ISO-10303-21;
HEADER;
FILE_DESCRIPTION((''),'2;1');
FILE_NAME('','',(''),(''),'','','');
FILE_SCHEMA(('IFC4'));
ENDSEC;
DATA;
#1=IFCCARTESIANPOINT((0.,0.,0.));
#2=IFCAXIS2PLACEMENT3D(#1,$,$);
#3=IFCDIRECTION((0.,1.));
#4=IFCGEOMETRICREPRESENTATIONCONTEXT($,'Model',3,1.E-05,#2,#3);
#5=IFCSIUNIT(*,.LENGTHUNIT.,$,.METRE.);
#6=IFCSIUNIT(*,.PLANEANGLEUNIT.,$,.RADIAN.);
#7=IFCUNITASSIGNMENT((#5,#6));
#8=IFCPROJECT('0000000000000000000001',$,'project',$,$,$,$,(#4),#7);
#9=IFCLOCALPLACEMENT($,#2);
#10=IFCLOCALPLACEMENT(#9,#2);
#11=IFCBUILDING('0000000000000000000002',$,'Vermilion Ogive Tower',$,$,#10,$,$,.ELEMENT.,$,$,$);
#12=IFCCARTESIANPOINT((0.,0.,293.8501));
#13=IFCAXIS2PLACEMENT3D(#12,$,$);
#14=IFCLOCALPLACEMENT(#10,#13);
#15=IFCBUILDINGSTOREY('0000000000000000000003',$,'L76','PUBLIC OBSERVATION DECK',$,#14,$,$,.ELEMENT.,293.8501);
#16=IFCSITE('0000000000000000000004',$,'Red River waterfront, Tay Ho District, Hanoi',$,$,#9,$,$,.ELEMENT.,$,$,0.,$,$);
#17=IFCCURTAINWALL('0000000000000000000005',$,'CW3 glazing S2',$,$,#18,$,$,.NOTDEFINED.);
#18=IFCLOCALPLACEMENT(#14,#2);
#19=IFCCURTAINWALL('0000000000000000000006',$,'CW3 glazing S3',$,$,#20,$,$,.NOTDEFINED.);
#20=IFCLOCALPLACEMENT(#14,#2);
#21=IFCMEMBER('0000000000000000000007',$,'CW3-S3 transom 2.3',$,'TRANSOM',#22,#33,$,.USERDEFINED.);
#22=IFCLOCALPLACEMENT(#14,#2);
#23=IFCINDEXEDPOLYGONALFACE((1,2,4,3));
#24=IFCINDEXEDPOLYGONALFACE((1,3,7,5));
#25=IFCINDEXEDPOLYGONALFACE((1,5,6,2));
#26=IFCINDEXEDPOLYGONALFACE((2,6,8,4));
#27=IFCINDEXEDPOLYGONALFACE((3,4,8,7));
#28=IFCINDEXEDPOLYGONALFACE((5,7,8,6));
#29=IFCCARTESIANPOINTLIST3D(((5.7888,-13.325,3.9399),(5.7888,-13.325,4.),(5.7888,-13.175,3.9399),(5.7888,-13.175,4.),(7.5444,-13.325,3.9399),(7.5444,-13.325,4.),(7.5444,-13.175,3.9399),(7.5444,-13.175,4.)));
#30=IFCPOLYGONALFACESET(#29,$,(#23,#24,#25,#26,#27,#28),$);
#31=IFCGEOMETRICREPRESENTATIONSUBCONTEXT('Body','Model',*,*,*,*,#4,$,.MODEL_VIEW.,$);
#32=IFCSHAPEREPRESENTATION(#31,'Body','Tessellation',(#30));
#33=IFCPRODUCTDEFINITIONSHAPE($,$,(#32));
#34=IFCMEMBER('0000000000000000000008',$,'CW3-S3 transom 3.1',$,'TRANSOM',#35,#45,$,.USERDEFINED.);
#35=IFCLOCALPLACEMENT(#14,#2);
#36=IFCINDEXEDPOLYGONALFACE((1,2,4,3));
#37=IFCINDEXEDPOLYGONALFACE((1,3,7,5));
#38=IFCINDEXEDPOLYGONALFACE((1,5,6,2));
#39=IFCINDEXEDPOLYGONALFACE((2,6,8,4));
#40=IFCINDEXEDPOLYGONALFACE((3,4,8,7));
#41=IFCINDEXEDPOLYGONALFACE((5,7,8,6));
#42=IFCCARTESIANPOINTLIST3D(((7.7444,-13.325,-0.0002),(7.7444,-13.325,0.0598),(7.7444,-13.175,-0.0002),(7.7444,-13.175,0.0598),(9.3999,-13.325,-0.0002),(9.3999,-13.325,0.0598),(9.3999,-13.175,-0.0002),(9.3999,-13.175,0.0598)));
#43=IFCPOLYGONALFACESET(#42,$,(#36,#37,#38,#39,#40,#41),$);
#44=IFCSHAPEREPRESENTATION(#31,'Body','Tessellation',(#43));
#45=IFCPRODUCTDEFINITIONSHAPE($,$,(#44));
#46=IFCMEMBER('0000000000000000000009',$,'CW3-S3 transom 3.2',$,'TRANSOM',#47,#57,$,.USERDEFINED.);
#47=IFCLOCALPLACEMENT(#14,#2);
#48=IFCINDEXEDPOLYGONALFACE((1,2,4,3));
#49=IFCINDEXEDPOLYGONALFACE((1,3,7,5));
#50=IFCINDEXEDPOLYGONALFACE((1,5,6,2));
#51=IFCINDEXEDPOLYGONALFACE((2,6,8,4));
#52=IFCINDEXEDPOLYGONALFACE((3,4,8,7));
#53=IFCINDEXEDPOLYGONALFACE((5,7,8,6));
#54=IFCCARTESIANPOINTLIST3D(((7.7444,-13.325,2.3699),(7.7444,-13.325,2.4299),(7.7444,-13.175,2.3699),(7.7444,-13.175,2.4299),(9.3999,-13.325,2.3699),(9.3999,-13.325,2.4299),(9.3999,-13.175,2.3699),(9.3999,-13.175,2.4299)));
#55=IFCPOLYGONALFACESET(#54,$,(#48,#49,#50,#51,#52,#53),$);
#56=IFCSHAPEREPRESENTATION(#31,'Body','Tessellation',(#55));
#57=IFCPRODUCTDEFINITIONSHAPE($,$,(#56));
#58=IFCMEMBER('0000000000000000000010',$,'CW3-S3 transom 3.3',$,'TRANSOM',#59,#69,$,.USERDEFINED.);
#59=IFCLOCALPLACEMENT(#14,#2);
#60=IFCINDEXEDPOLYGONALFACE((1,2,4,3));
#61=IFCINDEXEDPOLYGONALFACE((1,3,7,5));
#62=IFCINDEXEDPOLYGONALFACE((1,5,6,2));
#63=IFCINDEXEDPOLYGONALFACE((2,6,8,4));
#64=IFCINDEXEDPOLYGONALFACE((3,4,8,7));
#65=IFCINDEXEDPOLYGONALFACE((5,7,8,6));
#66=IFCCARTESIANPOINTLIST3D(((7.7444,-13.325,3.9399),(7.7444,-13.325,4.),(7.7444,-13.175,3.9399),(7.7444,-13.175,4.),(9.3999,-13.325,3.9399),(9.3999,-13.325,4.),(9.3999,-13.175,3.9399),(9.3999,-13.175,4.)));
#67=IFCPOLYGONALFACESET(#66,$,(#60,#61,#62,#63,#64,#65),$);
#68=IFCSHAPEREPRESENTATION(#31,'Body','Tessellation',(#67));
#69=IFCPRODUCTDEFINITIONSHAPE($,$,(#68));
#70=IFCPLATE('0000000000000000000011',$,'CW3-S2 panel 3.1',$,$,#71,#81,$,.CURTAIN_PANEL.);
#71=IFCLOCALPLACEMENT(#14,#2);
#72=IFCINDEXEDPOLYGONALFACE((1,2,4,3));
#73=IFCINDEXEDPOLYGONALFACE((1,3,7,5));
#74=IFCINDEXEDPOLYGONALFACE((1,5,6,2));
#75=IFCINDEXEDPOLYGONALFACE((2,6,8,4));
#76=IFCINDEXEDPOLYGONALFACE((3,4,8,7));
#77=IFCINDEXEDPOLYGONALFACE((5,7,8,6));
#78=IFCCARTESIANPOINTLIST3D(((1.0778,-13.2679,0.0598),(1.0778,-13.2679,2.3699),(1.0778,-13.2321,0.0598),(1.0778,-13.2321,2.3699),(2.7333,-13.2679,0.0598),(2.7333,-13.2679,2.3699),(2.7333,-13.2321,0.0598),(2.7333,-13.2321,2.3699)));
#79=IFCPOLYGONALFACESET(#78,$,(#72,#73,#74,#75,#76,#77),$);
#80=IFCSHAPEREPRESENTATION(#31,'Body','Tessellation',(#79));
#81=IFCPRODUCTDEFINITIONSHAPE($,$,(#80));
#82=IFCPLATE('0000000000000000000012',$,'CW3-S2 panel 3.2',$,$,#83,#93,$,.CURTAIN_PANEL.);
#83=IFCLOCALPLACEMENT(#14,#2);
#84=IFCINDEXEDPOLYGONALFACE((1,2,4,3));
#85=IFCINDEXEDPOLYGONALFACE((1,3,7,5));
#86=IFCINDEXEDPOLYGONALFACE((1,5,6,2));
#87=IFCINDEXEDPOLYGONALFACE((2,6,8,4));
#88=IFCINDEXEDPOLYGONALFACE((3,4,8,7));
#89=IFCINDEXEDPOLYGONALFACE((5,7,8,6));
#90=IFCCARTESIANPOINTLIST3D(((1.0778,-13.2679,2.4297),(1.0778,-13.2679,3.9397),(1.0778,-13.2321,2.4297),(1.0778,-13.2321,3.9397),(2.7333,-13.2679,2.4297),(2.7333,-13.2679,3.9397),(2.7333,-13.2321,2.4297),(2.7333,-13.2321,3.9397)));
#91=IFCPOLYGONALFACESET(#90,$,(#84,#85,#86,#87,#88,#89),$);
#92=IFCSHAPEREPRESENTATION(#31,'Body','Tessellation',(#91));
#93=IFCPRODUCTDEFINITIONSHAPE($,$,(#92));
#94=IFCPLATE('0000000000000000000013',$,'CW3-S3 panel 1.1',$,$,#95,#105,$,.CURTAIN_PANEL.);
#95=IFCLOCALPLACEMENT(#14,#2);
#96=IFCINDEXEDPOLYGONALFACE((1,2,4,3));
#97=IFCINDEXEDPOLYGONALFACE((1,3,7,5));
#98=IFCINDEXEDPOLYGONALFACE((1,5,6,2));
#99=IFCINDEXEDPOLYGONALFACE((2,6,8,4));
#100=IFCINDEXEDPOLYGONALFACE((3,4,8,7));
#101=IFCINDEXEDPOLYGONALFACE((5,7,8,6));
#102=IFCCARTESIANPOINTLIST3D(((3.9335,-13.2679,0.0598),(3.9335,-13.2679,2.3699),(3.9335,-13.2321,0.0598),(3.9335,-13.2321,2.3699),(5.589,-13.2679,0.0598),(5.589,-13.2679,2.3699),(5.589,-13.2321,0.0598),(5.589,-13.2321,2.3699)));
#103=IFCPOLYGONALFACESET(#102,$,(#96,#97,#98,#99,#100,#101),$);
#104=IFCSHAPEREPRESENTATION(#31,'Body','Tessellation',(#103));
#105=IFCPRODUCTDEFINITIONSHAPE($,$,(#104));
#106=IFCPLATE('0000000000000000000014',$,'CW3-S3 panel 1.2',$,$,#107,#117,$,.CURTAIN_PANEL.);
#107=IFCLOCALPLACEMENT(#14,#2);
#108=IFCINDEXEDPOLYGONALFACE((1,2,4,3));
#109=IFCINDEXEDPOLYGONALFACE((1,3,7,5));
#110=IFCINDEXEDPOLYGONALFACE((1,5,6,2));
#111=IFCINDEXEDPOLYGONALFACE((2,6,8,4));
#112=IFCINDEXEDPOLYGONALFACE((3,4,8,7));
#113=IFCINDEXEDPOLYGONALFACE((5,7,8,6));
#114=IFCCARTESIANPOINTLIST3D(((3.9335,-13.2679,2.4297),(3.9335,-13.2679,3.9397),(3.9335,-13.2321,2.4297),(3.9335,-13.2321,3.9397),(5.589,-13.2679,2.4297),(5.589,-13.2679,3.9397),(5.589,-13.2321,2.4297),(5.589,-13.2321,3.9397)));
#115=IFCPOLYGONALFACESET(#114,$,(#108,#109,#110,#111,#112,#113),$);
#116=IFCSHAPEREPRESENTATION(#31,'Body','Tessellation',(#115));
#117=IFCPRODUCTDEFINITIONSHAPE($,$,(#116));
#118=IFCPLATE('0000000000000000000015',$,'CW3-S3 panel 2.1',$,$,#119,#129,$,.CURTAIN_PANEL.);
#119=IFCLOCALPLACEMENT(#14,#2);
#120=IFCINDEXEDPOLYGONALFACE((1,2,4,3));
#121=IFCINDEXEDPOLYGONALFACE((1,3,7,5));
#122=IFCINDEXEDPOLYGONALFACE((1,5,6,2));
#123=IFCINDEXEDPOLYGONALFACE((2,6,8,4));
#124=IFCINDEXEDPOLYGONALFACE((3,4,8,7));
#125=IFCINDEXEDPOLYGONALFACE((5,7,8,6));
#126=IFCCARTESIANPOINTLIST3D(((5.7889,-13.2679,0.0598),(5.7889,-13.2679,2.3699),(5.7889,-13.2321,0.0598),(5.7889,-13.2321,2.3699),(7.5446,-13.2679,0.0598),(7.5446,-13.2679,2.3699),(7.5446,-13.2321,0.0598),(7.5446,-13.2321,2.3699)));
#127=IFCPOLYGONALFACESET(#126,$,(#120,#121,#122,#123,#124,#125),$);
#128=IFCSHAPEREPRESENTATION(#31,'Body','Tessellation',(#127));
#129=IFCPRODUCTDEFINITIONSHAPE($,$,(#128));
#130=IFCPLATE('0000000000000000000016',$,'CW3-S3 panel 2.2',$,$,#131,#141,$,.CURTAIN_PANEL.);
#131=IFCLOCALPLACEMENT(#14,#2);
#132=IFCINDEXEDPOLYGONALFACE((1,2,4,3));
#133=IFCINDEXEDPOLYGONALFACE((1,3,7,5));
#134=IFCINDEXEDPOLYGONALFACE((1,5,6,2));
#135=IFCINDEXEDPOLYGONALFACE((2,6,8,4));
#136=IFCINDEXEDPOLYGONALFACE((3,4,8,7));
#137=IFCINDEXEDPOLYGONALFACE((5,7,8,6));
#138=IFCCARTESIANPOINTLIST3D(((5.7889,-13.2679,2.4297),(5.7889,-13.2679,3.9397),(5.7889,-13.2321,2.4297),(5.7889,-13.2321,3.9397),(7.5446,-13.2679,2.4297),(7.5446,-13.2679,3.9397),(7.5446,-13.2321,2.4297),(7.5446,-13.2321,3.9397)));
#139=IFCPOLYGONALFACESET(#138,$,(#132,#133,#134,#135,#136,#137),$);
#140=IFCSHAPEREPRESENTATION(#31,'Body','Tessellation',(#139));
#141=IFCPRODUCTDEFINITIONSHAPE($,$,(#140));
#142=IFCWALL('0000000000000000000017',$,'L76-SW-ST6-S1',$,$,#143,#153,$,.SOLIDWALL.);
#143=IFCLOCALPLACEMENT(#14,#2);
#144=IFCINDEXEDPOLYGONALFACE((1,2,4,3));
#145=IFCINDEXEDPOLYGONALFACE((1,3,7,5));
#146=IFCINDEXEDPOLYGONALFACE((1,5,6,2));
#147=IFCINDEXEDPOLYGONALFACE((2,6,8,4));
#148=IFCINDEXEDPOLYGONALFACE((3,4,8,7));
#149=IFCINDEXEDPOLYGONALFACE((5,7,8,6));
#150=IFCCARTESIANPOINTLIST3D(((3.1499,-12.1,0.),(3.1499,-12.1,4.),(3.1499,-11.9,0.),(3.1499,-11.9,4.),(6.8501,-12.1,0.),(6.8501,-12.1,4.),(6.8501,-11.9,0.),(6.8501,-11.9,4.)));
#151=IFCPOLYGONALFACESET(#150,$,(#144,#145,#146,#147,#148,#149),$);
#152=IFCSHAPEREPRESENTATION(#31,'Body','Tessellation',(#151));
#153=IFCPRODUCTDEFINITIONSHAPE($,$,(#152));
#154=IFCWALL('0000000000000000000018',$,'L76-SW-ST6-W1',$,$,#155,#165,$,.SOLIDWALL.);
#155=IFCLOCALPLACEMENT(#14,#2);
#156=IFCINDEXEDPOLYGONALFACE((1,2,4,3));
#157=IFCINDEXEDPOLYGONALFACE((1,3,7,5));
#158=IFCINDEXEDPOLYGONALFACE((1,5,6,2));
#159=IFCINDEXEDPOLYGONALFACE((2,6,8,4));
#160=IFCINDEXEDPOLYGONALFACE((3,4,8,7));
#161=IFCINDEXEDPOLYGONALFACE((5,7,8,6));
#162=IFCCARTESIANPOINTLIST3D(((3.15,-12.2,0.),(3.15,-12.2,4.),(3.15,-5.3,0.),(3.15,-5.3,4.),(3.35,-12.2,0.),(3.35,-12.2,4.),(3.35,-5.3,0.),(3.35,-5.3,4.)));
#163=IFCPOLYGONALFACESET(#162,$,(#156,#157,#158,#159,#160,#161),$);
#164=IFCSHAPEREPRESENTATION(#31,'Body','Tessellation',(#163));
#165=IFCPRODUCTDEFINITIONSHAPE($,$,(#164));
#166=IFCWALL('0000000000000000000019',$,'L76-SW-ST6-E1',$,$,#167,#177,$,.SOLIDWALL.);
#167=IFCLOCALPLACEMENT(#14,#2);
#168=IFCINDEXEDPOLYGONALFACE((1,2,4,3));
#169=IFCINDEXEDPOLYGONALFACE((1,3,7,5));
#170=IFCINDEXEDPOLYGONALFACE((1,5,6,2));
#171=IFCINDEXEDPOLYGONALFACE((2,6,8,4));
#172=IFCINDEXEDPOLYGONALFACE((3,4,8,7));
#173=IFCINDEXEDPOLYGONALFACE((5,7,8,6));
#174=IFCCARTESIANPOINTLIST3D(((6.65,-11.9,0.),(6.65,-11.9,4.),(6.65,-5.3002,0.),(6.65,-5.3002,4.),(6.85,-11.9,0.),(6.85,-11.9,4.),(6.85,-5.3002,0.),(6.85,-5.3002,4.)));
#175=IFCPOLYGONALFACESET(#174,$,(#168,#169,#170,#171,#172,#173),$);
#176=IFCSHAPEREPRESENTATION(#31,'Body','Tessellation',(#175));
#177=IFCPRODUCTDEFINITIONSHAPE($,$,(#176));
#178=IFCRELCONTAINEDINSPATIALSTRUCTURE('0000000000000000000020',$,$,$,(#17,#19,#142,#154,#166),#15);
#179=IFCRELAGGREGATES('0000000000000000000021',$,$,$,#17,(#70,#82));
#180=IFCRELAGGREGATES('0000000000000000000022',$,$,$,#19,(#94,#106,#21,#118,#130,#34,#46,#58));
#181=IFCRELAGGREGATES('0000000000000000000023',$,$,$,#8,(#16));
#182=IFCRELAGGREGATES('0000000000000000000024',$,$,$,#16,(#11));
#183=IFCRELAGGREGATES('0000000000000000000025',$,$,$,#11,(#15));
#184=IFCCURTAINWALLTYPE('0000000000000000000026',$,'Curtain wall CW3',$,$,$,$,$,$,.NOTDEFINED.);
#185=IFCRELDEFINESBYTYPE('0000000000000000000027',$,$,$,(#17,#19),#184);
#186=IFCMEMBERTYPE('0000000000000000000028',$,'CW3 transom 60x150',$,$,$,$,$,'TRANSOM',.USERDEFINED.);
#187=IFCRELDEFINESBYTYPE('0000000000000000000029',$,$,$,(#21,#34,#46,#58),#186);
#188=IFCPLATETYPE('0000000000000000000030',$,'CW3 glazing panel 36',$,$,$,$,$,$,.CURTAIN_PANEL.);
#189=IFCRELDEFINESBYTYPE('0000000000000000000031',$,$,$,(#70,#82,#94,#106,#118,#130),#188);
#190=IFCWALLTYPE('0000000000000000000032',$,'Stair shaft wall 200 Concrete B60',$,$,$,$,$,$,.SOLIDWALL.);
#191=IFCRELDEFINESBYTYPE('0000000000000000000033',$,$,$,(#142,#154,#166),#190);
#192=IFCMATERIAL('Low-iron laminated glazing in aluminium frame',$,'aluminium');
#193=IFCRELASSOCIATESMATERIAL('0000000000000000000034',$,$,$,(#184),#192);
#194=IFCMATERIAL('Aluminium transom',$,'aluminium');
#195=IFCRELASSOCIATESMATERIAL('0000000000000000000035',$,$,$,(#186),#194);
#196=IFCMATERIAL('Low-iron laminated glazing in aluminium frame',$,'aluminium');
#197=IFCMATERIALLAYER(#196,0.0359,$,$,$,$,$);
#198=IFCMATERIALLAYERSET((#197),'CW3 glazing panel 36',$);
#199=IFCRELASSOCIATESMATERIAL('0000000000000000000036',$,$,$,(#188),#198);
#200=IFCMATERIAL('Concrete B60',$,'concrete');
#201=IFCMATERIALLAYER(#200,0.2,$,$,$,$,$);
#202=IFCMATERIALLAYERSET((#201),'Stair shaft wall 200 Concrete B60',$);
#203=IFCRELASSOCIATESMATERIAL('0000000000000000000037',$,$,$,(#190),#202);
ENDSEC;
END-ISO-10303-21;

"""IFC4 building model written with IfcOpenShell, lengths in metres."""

from ifc_helpers import new_model, si_unit, direction, frame, frame_2d, origin, origin_2d, place, context, subcontext, project, spatial, rectangle, extrude, material, layer, layer_set, material_profile, profile_set, type_object, element, aggregate, save


model = new_model("IFC4")

# Units and contexts
model_context = context("Model", 3, precision=1e-05, world=origin(), true_north=direction((0.0, 1.0)))
body_context = subcontext(model_context, "Body", "Model", "MODEL_VIEW")
ifc_project = project(units=[si_unit("LENGTHUNIT", "METRE"), si_unit("PLANEANGLEUNIT", "RADIAN")], contexts=[model_context])

# Site, building, storey
site_placement = place(None, origin())
site = spatial("IfcSite", under=ifc_project, at=site_placement, Name="Red River waterfront, Tay Ho District, Hanoi", CompositionType="ELEMENT", RefElevation=0.0)
building_placement = place(site_placement, origin())
building = spatial("IfcBuilding", under=site, at=building_placement, Name="Vermilion Ogive Tower", CompositionType="ELEMENT")
storey_placement = place(building_placement, frame((0.0, 0.0, 293.8501)))
storey = spatial("IfcBuildingStorey", under=building, at=storey_placement, Name="L76", Description="PUBLIC OBSERVATION DECK", CompositionType="ELEMENT", Elevation=293.8501)

# Curtain walls
ifc_material_1 = material(Name="Low-iron laminated glazing in aluminium frame", Category="aluminium")
curtain_wall_type = type_object("IfcCurtainWallType", Name="Curtain wall CW3", PredefinedType="NOTDEFINED", material=ifc_material_1)
curtain_wall_1_placement = place(storey_placement, origin())
curtain_wall_1 = element("IfcCurtainWall", 1, at=curtain_wall_1_placement, inside=storey, type_object=curtain_wall_type, Name="CW3 glazing S2", PredefinedType="NOTDEFINED")
curtain_wall_2_placement = place(storey_placement, origin())
curtain_wall_2 = element("IfcCurtainWall", 2, at=curtain_wall_2_placement, inside=storey, type_object=curtain_wall_type, Name="CW3 glazing S3", PredefinedType="NOTDEFINED")

# Members
ifc_material_2 = material(Name="Aluminium transom", Category="aluminium")
ifc_material_profile_1 = material_profile(ifc_material_2, rectangle(XDim=0.1499, YDim=0.0601, at=origin_2d()), Name="AL 60x150")
ifc_profile_set_1 = profile_set([ifc_material_profile_1], Name="Aluminium transom")
member_type_1 = type_object("IfcMemberType", Name="CW3 transom 60x150", ElementType="TRANSOM", PredefinedType="USERDEFINED", material=ifc_profile_set_1)
member_1_placement = place(storey_placement, frame((5.7888, -13.25, 3.97), z_axis=(1.0, 0.0, 0.0), x_axis=(0.0, 1.0, 0.0)))
member_1 = element("IfcMember", 3, at=member_1_placement, type_object=member_type_1, Name="CW3-S3 transom 2.3", ObjectType="TRANSOM", PredefinedType="USERDEFINED", context=body_context, shape_type="SweptSolid", body=[
    extrude(rectangle(XDim=0.1499, YDim=0.0601, at=origin_2d()), origin(), (0.0, 0.0, 1.0), 1.7556),
])
member_2_placement = place(storey_placement, frame((7.7444, -13.25, 0.0298), z_axis=(1.0, 0.0, 0.0), x_axis=(0.0, 1.0, 0.0)))
member_2 = element("IfcMember", 4, at=member_2_placement, type_object=member_type_1, Name="CW3-S3 transom 3.1", ObjectType="TRANSOM", PredefinedType="USERDEFINED", context=body_context, shape_type="SweptSolid", body=[
    extrude(rectangle(XDim=0.1499, YDim=0.0601, at=origin_2d()), origin(), (0.0, 0.0, 1.0), 1.6555),
])
member_3_placement = place(storey_placement, frame((7.7444, -13.25, 2.3999), z_axis=(1.0, 0.0, 0.0), x_axis=(0.0, 1.0, 0.0)))
member_3 = element("IfcMember", 5, at=member_3_placement, type_object=member_type_1, Name="CW3-S3 transom 3.2", ObjectType="TRANSOM", PredefinedType="USERDEFINED", context=body_context, shape_type="SweptSolid", body=[
    extrude(rectangle(XDim=0.1499, YDim=0.0601, at=origin_2d()), origin(), (0.0, 0.0, 1.0), 1.6555),
])
member_4_placement = place(storey_placement, frame((7.7444, -13.25, 3.97), z_axis=(1.0, 0.0, 0.0), x_axis=(0.0, 1.0, 0.0)))
member_4 = element("IfcMember", 6, at=member_4_placement, type_object=member_type_1, Name="CW3-S3 transom 3.3", ObjectType="TRANSOM", PredefinedType="USERDEFINED", context=body_context, shape_type="SweptSolid", body=[
    extrude(rectangle(XDim=0.1499, YDim=0.0601, at=origin_2d()), origin(), (0.0, 0.0, 1.0), 1.6555),
])

# Plates
ifc_material_3 = material(Name="Low-iron laminated glazing in aluminium frame", Category="aluminium")
ifc_layer_1 = layer(ifc_material_3, 0.0359)
ifc_layer_set_1 = layer_set([ifc_layer_1], Name="CW3 glazing panel 36")
plate_type = type_object("IfcPlateType", Name="CW3 glazing panel 36", PredefinedType="CURTAIN_PANEL", material=ifc_layer_set_1)
plate_1_placement = place(storey_placement, frame((1.9055, -13.25, 0.0598), z_axis=(0.0, 0.0, 1.0), x_axis=(1.0, 0.0, 0.0)))
plate_1 = element("IfcPlate", 7, at=plate_1_placement, type_object=plate_type, Name="CW3-S2 panel 3.1", PredefinedType="CURTAIN_PANEL", context=body_context, shape_type="SweptSolid", body=[
    extrude(rectangle(XDim=1.6555, YDim=0.0359, at=origin_2d()), origin(), (0.0, 0.0, 1.0), 2.3101),
])
plate_2_placement = place(storey_placement, frame((1.9055, -13.25, 2.4297), z_axis=(0.0, 0.0, 1.0), x_axis=(1.0, 0.0, 0.0)))
plate_2 = element("IfcPlate", 8, at=plate_2_placement, type_object=plate_type, Name="CW3-S2 panel 3.2", PredefinedType="CURTAIN_PANEL", context=body_context, shape_type="SweptSolid", body=[
    extrude(rectangle(XDim=1.6555, YDim=0.0359, at=origin_2d()), origin(), (0.0, 0.0, 1.0), 1.51),
])
aggregate(curtain_wall_1, [plate_1, plate_2])
plate_3_placement = place(storey_placement, frame((4.7612, -13.25, 0.0598), z_axis=(0.0, 0.0, 1.0), x_axis=(1.0, 0.0, 0.0)))
plate_3 = element("IfcPlate", 9, at=plate_3_placement, type_object=plate_type, Name="CW3-S3 panel 1.1", PredefinedType="CURTAIN_PANEL", context=body_context, shape_type="SweptSolid", body=[
    extrude(rectangle(XDim=1.6555, YDim=0.0359, at=origin_2d()), origin(), (0.0, 0.0, 1.0), 2.3101),
])
plate_4_placement = place(storey_placement, frame((4.7612, -13.25, 2.4297), z_axis=(0.0, 0.0, 1.0), x_axis=(1.0, 0.0, 0.0)))
plate_4 = element("IfcPlate", 10, at=plate_4_placement, type_object=plate_type, Name="CW3-S3 panel 1.2", PredefinedType="CURTAIN_PANEL", context=body_context, shape_type="SweptSolid", body=[
    extrude(rectangle(XDim=1.6555, YDim=0.0359, at=origin_2d()), origin(), (0.0, 0.0, 1.0), 1.51),
])
plate_5_placement = place(storey_placement, frame((6.6667, -13.25, 0.0598), z_axis=(0.0, 0.0, 1.0), x_axis=(1.0, 0.0, 0.0)))
plate_5 = element("IfcPlate", 11, at=plate_5_placement, type_object=plate_type, Name="CW3-S3 panel 2.1", PredefinedType="CURTAIN_PANEL", context=body_context, shape_type="SweptSolid", body=[
    extrude(rectangle(XDim=1.7556, YDim=0.0359, at=origin_2d()), origin(), (0.0, 0.0, 1.0), 2.3101),
])
plate_6_placement = place(storey_placement, frame((6.6667, -13.25, 2.4297), z_axis=(0.0, 0.0, 1.0), x_axis=(1.0, 0.0, 0.0)))
plate_6 = element("IfcPlate", 12, at=plate_6_placement, type_object=plate_type, Name="CW3-S3 panel 2.2", PredefinedType="CURTAIN_PANEL", context=body_context, shape_type="SweptSolid", body=[
    extrude(rectangle(XDim=1.7556, YDim=0.0359, at=origin_2d()), origin(), (0.0, 0.0, 1.0), 1.51),
])
aggregate(curtain_wall_2, [plate_3, plate_4, member_1, plate_5, plate_6, member_2, member_3, member_4])

# Walls
ifc_material_4 = material(Name="Concrete B60", Category="concrete")
ifc_layer_2 = layer(ifc_material_4, 0.2)
ifc_layer_set_2 = layer_set([ifc_layer_2], Name="Stair shaft wall 200 Concrete B60")
wall_type = type_object("IfcWallType", Name="Stair shaft wall 200 Concrete B60", PredefinedType="SOLIDWALL", material=ifc_layer_set_2)
wall_1_placement = place(storey_placement, frame((3.1499, -12.0, 0.0), z_axis=(0.0, 0.0, 1.0), x_axis=(1.0, 0.0, 0.0)))
element("IfcWall", 13, at=wall_1_placement, inside=storey, type_object=wall_type, Name="L76-SW-ST6-S1", PredefinedType="SOLIDWALL", context=body_context, shape_type="SweptSolid", body=[
    extrude(rectangle(XDim=3.7002, YDim=0.2, at=frame_2d((1.8501, 0.0))), origin(), (0.0, 0.0, 1.0), 4.0),
])
wall_2_placement = place(storey_placement, frame((3.25, -12.2, 0.0), z_axis=(0.0, 0.0, 1.0), x_axis=(0.0, 1.0, 0.0)))
element("IfcWall", 14, at=wall_2_placement, inside=storey, type_object=wall_type, Name="L76-SW-ST6-W1", PredefinedType="SOLIDWALL", context=body_context, shape_type="SweptSolid", body=[
    extrude(rectangle(XDim=6.8999, YDim=0.2, at=frame_2d((3.45, 0.0))), origin(), (0.0, 0.0, 1.0), 4.0),
])
wall_3_placement = place(storey_placement, frame((6.75, -11.8999, 0.0), z_axis=(0.0, 0.0, 1.0), x_axis=(0.0, 1.0, 0.0)))
element("IfcWall", 15, at=wall_3_placement, inside=storey, type_object=wall_type, Name="L76-SW-ST6-E1", PredefinedType="SOLIDWALL", context=body_context, shape_type="SweptSolid", body=[
    extrude(rectangle(XDim=6.5999, YDim=0.2, at=frame_2d((3.2998, 0.0))), origin(), (0.0, 0.0, 1.0), 4.0),
])

save(model, "model.ifc")
